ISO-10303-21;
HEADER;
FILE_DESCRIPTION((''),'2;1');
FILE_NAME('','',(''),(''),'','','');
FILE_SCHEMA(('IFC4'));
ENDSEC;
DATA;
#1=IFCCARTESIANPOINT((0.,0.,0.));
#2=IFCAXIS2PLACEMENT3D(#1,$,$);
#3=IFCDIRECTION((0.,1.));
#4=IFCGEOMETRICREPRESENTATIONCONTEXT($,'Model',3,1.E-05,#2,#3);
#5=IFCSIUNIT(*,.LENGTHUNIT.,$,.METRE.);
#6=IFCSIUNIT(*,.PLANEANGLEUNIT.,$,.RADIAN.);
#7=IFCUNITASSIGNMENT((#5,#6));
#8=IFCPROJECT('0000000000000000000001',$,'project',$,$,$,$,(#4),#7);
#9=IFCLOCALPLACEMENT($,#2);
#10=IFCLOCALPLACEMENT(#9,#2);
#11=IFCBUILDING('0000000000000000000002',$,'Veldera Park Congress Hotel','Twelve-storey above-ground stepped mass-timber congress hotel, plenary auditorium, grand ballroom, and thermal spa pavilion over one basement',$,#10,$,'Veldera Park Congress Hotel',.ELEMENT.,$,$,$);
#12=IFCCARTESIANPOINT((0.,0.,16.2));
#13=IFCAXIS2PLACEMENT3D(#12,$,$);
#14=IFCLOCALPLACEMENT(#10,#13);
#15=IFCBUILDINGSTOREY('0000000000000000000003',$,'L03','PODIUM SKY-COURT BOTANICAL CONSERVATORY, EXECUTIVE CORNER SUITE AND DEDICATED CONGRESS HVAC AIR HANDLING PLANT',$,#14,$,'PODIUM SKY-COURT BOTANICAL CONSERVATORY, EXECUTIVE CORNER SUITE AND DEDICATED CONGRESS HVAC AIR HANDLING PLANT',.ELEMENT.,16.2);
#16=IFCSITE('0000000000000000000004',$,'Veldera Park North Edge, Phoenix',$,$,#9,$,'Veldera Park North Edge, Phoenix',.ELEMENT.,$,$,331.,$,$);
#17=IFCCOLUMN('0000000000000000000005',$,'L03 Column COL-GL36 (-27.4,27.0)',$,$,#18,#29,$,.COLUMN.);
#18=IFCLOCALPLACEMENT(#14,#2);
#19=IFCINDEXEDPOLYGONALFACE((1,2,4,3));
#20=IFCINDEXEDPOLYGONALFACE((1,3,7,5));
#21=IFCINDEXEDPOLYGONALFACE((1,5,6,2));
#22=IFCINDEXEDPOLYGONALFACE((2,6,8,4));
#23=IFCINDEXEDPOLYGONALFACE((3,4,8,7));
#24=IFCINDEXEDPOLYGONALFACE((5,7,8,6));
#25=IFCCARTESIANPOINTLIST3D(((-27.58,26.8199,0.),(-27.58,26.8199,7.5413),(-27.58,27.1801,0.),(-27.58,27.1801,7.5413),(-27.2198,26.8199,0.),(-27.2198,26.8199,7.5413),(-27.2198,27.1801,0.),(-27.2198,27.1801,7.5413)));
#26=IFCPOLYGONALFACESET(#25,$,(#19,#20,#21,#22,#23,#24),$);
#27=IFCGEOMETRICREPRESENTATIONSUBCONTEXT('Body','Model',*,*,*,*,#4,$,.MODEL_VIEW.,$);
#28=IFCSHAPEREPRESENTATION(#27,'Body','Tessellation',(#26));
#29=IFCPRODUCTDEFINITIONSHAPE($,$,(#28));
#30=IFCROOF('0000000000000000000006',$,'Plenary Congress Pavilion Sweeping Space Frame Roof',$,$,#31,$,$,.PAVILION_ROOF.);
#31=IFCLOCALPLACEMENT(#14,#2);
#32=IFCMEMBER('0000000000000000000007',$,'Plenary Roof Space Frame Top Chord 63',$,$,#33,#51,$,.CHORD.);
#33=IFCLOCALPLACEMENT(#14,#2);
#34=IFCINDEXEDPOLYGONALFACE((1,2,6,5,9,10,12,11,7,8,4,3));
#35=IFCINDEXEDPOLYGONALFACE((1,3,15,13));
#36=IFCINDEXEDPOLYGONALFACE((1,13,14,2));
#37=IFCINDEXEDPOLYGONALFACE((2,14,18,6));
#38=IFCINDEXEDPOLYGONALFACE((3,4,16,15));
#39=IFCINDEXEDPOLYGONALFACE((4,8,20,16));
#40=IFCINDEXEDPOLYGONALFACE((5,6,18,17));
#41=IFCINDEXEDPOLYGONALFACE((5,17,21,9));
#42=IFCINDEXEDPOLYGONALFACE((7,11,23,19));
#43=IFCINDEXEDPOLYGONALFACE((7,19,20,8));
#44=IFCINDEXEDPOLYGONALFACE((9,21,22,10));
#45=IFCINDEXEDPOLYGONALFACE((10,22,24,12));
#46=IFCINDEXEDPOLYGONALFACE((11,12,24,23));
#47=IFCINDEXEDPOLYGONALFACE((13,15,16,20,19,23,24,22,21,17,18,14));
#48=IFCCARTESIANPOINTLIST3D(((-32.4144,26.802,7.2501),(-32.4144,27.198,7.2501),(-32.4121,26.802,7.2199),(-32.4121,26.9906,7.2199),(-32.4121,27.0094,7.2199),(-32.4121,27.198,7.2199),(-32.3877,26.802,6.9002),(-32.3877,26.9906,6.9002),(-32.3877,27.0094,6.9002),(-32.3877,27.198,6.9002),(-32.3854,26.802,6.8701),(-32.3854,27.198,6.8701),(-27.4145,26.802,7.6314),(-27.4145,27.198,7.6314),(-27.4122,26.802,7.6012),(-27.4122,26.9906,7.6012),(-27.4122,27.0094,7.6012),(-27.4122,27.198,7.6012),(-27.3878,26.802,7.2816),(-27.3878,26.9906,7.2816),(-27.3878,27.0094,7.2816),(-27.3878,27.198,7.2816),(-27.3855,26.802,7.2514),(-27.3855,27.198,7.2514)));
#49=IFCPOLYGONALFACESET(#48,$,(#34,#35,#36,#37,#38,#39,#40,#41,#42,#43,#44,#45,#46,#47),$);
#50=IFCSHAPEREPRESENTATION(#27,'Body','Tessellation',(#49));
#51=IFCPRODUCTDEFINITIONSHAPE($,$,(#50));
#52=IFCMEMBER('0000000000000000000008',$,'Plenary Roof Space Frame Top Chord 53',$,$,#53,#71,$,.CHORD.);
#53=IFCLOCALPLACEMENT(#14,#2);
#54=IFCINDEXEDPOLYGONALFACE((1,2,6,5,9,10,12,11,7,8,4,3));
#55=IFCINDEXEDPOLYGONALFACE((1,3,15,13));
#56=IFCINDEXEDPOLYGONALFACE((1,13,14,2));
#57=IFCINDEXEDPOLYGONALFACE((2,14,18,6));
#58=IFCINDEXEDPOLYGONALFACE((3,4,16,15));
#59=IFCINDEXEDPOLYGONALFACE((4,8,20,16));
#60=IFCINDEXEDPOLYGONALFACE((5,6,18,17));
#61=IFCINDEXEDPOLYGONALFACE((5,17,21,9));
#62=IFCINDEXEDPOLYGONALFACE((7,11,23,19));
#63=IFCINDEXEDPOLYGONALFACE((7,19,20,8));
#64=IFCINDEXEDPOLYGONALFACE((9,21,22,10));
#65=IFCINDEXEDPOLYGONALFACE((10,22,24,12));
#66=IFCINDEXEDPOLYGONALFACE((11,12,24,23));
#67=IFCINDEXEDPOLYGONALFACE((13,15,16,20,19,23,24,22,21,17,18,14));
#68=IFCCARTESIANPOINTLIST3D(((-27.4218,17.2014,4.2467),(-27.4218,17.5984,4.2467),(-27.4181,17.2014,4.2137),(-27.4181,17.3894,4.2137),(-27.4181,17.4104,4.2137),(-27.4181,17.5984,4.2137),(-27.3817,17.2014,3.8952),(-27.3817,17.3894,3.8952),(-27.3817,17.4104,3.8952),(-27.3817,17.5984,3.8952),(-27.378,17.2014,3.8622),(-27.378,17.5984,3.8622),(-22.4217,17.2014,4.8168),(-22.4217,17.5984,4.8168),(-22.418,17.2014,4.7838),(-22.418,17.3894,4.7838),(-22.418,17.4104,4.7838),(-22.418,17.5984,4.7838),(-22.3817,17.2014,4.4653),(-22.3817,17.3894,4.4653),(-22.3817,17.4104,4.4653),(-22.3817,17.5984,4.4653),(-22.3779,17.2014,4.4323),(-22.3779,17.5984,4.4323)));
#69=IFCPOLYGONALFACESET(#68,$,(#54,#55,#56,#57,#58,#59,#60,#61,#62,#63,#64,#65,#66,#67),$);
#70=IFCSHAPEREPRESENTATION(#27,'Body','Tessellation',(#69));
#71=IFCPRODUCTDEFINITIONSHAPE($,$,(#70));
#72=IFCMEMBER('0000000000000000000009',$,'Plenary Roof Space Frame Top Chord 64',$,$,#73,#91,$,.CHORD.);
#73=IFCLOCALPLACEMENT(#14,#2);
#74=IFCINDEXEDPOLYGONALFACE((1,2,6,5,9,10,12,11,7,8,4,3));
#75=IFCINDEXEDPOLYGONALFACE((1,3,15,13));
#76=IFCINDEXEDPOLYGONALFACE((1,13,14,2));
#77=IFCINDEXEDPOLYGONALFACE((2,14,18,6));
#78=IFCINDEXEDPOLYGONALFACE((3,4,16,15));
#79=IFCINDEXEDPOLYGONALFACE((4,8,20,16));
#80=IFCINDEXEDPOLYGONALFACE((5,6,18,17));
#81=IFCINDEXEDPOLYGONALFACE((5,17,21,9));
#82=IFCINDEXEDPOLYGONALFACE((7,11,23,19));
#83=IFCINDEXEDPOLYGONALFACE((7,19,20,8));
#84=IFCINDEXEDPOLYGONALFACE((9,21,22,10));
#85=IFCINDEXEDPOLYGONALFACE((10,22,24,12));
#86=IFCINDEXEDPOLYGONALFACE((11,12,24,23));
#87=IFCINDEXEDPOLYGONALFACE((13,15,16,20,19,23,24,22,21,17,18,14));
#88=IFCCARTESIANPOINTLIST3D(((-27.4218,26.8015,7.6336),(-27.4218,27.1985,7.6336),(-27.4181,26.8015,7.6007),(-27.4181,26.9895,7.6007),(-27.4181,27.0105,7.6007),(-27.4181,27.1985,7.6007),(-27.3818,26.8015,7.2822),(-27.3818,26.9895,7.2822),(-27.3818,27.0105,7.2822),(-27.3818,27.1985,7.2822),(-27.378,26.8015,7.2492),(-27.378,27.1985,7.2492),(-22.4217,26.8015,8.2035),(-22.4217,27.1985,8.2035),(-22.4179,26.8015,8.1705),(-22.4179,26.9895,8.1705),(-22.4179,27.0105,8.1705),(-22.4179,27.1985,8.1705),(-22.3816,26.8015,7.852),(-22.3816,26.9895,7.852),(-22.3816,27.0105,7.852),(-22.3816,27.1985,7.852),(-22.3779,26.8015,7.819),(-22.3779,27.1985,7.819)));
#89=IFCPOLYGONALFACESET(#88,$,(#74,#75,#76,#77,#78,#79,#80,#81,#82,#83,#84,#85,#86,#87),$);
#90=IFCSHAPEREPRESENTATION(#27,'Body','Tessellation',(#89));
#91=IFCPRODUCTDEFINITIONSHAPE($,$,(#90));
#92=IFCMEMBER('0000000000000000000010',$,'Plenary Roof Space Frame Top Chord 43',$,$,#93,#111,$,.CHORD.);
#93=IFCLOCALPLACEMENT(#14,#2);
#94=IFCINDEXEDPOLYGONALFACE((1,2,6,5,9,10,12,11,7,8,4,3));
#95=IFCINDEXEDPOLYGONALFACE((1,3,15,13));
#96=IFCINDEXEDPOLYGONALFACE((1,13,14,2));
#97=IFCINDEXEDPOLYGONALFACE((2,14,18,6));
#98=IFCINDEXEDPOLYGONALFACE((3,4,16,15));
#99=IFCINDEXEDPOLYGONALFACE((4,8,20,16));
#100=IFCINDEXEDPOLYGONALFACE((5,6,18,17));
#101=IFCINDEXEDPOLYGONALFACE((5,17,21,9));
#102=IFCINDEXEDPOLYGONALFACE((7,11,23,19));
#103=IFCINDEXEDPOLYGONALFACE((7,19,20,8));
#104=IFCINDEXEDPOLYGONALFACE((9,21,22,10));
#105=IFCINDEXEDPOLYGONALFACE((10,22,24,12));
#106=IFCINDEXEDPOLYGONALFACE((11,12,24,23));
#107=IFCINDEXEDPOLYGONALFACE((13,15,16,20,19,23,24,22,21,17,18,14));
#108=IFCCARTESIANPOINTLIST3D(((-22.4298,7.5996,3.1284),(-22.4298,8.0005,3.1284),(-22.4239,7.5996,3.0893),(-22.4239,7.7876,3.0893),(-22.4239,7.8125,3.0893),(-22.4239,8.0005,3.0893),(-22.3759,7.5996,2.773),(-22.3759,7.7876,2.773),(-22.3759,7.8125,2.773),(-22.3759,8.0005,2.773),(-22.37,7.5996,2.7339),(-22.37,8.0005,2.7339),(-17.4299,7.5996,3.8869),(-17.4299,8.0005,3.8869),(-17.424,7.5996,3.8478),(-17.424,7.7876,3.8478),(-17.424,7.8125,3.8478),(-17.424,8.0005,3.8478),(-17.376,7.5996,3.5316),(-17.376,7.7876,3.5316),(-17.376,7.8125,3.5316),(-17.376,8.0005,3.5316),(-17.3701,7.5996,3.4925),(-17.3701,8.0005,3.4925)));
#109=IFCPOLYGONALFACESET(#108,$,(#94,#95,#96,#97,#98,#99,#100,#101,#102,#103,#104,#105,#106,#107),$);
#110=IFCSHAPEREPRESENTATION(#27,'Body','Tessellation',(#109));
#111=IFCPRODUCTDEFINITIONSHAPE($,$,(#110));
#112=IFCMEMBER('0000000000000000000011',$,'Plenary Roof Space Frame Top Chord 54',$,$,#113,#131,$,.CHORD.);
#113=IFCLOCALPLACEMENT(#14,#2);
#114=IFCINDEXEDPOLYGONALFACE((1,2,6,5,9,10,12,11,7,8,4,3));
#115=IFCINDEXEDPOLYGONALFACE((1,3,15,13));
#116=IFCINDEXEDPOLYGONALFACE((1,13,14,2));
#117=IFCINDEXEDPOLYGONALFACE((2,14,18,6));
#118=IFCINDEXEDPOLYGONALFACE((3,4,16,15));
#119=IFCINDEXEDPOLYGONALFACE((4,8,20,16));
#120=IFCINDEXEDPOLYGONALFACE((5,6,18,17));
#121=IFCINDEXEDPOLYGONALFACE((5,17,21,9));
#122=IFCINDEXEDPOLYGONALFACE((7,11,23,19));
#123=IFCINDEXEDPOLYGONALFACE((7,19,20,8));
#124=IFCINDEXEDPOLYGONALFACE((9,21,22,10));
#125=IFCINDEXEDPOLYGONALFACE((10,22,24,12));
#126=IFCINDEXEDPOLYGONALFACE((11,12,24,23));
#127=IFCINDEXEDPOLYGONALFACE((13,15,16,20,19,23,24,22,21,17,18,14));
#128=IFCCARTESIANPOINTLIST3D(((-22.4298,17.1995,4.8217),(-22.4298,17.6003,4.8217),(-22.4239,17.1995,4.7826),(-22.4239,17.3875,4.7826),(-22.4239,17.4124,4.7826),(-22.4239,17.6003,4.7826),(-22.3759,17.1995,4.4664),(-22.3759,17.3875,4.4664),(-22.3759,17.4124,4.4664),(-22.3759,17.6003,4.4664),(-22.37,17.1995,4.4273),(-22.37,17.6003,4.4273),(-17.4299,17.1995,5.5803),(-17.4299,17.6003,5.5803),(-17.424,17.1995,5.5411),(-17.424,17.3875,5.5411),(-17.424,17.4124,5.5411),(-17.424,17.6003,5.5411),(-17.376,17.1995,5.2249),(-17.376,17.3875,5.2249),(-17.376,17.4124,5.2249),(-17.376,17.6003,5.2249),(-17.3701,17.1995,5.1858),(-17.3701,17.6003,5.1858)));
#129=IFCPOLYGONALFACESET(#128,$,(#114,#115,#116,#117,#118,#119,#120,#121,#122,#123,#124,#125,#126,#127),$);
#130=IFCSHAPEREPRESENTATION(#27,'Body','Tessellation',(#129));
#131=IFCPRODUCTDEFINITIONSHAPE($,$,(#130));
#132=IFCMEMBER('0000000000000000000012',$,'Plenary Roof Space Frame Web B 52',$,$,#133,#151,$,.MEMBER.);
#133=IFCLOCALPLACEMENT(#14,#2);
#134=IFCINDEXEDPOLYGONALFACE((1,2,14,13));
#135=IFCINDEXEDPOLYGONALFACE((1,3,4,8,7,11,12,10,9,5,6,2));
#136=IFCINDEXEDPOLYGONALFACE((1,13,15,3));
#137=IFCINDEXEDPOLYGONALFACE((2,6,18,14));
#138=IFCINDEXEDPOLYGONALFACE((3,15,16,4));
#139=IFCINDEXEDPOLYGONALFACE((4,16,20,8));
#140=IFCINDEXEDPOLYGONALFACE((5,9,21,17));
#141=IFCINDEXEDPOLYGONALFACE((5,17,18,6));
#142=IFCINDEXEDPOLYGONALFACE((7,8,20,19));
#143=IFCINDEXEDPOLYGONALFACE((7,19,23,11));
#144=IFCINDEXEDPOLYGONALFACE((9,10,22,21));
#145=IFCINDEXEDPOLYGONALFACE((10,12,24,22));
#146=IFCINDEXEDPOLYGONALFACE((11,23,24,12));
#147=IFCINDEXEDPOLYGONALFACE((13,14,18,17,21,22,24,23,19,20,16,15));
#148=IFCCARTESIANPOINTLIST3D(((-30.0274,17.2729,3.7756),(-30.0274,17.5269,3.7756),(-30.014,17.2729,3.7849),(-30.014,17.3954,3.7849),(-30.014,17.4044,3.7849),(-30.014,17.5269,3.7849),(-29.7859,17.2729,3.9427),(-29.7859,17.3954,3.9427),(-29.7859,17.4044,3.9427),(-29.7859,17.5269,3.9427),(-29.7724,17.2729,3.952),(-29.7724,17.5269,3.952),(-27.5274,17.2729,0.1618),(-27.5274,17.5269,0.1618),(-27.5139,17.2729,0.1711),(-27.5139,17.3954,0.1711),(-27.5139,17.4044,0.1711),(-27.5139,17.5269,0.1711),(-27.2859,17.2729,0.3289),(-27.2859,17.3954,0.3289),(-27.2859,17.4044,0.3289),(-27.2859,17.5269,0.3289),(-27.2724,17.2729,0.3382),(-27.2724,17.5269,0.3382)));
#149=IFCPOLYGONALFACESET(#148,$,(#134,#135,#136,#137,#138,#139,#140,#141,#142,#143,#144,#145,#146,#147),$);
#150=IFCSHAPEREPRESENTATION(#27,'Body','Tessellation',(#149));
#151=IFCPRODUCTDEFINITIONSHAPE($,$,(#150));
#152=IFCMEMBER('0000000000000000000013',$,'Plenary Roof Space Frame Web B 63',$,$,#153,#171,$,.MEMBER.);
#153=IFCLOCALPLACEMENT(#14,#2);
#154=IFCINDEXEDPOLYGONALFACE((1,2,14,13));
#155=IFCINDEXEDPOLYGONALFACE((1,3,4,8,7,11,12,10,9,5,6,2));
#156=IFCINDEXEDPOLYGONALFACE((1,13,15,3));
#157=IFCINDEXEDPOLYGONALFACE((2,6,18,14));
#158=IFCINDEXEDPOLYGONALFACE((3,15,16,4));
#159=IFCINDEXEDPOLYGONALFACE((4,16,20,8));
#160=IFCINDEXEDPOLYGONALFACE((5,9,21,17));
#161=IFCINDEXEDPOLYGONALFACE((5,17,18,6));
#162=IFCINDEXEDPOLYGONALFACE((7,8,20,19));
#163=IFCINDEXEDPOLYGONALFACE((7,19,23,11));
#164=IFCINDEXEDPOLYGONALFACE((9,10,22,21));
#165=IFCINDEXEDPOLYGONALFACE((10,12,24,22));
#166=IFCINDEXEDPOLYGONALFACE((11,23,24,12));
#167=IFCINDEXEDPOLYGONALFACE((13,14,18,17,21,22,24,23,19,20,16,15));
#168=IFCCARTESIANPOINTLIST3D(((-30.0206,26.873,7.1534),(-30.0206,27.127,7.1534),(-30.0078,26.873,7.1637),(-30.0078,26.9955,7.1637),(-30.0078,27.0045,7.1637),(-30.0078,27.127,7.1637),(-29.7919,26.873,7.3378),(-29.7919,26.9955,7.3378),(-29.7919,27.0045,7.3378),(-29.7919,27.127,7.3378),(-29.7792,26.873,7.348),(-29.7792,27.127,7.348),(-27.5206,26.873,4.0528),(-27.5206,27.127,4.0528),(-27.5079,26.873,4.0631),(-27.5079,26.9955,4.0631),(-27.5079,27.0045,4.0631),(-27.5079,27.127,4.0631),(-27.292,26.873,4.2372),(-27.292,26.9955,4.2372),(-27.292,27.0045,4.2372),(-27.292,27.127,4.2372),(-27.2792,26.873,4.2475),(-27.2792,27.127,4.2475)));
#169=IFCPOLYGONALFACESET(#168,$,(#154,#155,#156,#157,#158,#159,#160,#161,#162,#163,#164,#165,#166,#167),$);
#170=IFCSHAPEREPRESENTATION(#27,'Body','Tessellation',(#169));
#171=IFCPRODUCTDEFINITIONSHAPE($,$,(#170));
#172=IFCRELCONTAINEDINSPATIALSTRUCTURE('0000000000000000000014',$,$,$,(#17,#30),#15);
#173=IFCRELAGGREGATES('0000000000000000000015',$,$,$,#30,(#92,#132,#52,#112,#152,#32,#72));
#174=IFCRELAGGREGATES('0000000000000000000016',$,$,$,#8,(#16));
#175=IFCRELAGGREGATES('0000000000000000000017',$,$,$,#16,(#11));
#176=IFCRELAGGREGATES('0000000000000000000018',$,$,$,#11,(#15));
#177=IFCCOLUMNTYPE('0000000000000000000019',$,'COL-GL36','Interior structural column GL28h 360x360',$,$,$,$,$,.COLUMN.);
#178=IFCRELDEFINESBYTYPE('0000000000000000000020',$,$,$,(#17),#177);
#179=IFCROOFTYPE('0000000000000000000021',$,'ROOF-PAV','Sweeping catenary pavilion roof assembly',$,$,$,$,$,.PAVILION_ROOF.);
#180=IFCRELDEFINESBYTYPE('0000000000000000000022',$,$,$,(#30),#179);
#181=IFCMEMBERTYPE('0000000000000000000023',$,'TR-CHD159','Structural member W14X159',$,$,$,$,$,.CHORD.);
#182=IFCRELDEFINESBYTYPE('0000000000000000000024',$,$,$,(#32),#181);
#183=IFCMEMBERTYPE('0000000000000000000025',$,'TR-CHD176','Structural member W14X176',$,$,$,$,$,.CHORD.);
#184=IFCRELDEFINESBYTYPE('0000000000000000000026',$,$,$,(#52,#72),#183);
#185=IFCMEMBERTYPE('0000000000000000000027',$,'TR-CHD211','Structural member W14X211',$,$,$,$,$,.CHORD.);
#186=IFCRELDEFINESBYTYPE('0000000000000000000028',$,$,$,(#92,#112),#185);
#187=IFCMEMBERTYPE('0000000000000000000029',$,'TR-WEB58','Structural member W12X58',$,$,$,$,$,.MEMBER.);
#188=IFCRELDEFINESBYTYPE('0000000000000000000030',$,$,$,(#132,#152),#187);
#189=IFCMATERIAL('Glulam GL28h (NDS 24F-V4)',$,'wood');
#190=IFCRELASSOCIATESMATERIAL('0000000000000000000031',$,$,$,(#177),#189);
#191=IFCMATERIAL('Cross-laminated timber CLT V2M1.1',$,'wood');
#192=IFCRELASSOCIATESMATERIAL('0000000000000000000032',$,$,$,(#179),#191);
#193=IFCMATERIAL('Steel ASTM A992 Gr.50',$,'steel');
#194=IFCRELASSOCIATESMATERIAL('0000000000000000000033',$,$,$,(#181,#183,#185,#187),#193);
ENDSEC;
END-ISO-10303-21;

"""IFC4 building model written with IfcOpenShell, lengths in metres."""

from ifc_helpers import new_model, si_unit, direction, frame, origin, origin_2d, place, context, subcontext, project, spatial, rectangle, i_section, extrude, material, material_profile, profile_set, type_object, element, aggregate, save


model = new_model("IFC4")

# Units and contexts
model_context = context("Model", 3, precision=1e-05, world=origin(), true_north=direction((0.0, 1.0)))
body_context = subcontext(model_context, "Body", "Model", "MODEL_VIEW")
ifc_project = project(units=[si_unit("LENGTHUNIT", "METRE"), si_unit("PLANEANGLEUNIT", "RADIAN")], contexts=[model_context])

# Site, building, storey
site_placement = place(None, origin())
site = spatial("IfcSite", under=ifc_project, at=site_placement, Name="Veldera Park North Edge, Phoenix", LongName="Veldera Park North Edge, Phoenix", CompositionType="ELEMENT", RefElevation=331.0)
building_placement = place(site_placement, origin())
building = spatial("IfcBuilding", under=site, at=building_placement, Name="Veldera Park Congress Hotel", Description="Twelve-storey above-ground stepped mass-timber congress hotel, plenary auditorium, grand ballroom, and thermal spa pavilion over one basement", LongName="Veldera Park Congress Hotel", CompositionType="ELEMENT")
storey_placement = place(building_placement, frame((0.0, 0.0, 16.2)))
storey = spatial("IfcBuildingStorey", under=building, at=storey_placement, Name="L03", Description="PODIUM SKY-COURT BOTANICAL CONSERVATORY, EXECUTIVE CORNER SUITE AND DEDICATED CONGRESS HVAC AIR HANDLING PLANT", LongName="PODIUM SKY-COURT BOTANICAL CONSERVATORY, EXECUTIVE CORNER SUITE AND DEDICATED CONGRESS HVAC AIR HANDLING PLANT", CompositionType="ELEMENT", Elevation=16.2)

# Column
ifc_material_1 = material(Name="Glulam GL28h (NDS 24F-V4)", Category="wood")
ifc_material_profile_1 = material_profile(ifc_material_1, rectangle(XDim=0.3601, YDim=0.3601, at=origin_2d()), Name="GL28h 360x360")
ifc_profile_set_1 = profile_set([ifc_material_profile_1], Name="Glulam GL28h (NDS 24F-V4)")
column_type = type_object("IfcColumnType", Name="COL-GL36", Description="Interior structural column GL28h 360x360", PredefinedType="COLUMN", material=ifc_profile_set_1)
column_placement = place(storey_placement, frame((-27.3999, 27.0, 0.0), z_axis=(0.0, 0.0, 1.0), x_axis=(1.0, 0.0, 0.0)))
element("IfcColumn", 1, at=column_placement, inside=storey, type_object=column_type, Name="L03 Column COL-GL36 (-27.4,27.0)", PredefinedType="COLUMN", context=body_context, shape_type="SweptSolid", body=[
    extrude(rectangle(XDim=0.3601, YDim=0.3601, at=origin_2d()), origin(), (0.0, 0.0, 1.0), 7.5413),
])

# Roof, members
ifc_material_2 = material(Name="Cross-laminated timber CLT V2M1.1", Category="wood")
roof_type = type_object("IfcRoofType", Name="ROOF-PAV", Description="Sweeping catenary pavilion roof assembly", PredefinedType="PAVILION_ROOF", material=ifc_material_2)
roof_placement = place(storey_placement, origin())
roof = element("IfcRoof", 2, at=roof_placement, inside=storey, type_object=roof_type, Name="Plenary Congress Pavilion Sweeping Space Frame Roof", PredefinedType="PAVILION_ROOF")
ifc_material_3 = material(Name="Steel ASTM A992 Gr.50", Category="steel")
ifc_material_profile_2 = material_profile(ifc_material_3, i_section(OverallWidth=0.396, OverallDepth=0.3811, WebThickness=0.0188, FlangeThickness=0.0303, at=origin_2d()), Name="W14X159")
ifc_profile_set_2 = profile_set([ifc_material_profile_2], Name="Steel ASTM A992 Gr.50")
member_type_1 = type_object("IfcMemberType", Name="TR-CHD159", Description="Structural member W14X159", PredefinedType="CHORD", material=ifc_profile_set_2)
member_1_placement = place(storey_placement, frame((-32.3999, 27.0, 7.0601), z_axis=(0.997104, 0.0, 0.076049), x_axis=(0.0, 1.0, 0.0)))
member_1 = element("IfcMember", 3, at=member_1_placement, type_object=member_type_1, Name="Plenary Roof Space Frame Top Chord 63", PredefinedType="CHORD", context=body_context, shape_type="SweptSolid", body=[
    extrude(i_section(OverallWidth=0.396, OverallDepth=0.3811, WebThickness=0.0188, FlangeThickness=0.0303, at=origin_2d()), origin(), (0.0, 0.0, 1.0), 5.0144),
])
ifc_material_profile_3 = material_profile(ifc_material_3, i_section(OverallWidth=0.397, OverallDepth=0.387, WebThickness=0.021, FlangeThickness=0.0332, at=origin_2d()), Name="W14X176")
ifc_profile_set_3 = profile_set([ifc_material_profile_3], Name="Steel ASTM A992 Gr.50")
member_type_2 = type_object("IfcMemberType", Name="TR-CHD176", Description="Structural member W14X176", PredefinedType="CHORD", material=ifc_profile_set_3)
member_2_placement = place(storey_placement, frame((-27.3999, 17.3999, 4.0544), z_axis=(0.993563, 0.0, 0.11328), x_axis=(0.0, 1.0, 0.0)))
member_2 = element("IfcMember", 4, at=member_2_placement, type_object=member_type_2, Name="Plenary Roof Space Frame Top Chord 53", PredefinedType="CHORD", context=body_context, shape_type="SweptSolid", body=[
    extrude(i_section(OverallWidth=0.397, OverallDepth=0.387, WebThickness=0.021, FlangeThickness=0.0332, at=origin_2d()), origin(), (0.0, 0.0, 1.0), 5.0325),
])
member_3_placement = place(storey_placement, frame((-27.3999, 27.0, 7.4414), z_axis=(0.993569, 0.0, 0.113232), x_axis=(0.0, 1.0, 0.0)))
member_3 = element("IfcMember", 5, at=member_3_placement, type_object=member_type_2, Name="Plenary Roof Space Frame Top Chord 64", PredefinedType="CHORD", context=body_context, shape_type="SweptSolid", body=[
    extrude(i_section(OverallWidth=0.397, OverallDepth=0.387, WebThickness=0.021, FlangeThickness=0.0332, at=origin_2d()), origin(), (0.0, 0.0, 1.0), 5.0325),
])
ifc_material_profile_4 = material_profile(ifc_material_3, i_section(OverallWidth=0.4009, OverallDepth=0.3989, WebThickness=0.0249, FlangeThickness=0.0396, at=origin_2d()), Name="W14X211")
ifc_profile_set_4 = profile_set([ifc_material_profile_4], Name="Steel ASTM A992 Gr.50")
member_type_3 = type_object("IfcMemberType", Name="TR-CHD211", Description="Structural member W14X211", PredefinedType="CHORD", material=ifc_profile_set_4)
member_4_placement = place(storey_placement, frame((-22.3999, 7.8, 2.9312), z_axis=(0.988687, 0.0, 0.149993), x_axis=(0.0, 1.0, 0.0)))
member_4 = element("IfcMember", 6, at=member_4_placement, type_object=member_type_3, Name="Plenary Roof Space Frame Top Chord 43", PredefinedType="CHORD", context=body_context, shape_type="SweptSolid", body=[
    extrude(i_section(OverallWidth=0.4009, OverallDepth=0.3989, WebThickness=0.0249, FlangeThickness=0.0396, at=origin_2d()), origin(), (0.0, 0.0, 1.0), 5.0571),
])
member_5_placement = place(storey_placement, frame((-22.3999, 17.3999, 4.6245), z_axis=(0.988687, 0.0, 0.149993), x_axis=(0.0, 1.0, 0.0)))
member_5 = element("IfcMember", 7, at=member_5_placement, type_object=member_type_3, Name="Plenary Roof Space Frame Top Chord 54", PredefinedType="CHORD", context=body_context, shape_type="SweptSolid", body=[
    extrude(i_section(OverallWidth=0.4009, OverallDepth=0.3989, WebThickness=0.0249, FlangeThickness=0.0396, at=origin_2d()), origin(), (0.0, 0.0, 1.0), 5.0571),
])
ifc_material_profile_5 = material_profile(ifc_material_3, i_section(OverallWidth=0.2539, OverallDepth=0.3101, WebThickness=0.009, FlangeThickness=0.0164, at=origin_2d()), Name="W12X58")
ifc_profile_set_5 = profile_set([ifc_material_profile_5], Name="Steel ASTM A992 Gr.50")
member_type_4 = type_object("IfcMemberType", Name="TR-WEB58", Description="Structural member W12X58", PredefinedType="MEMBER", material=ifc_profile_set_5)
member_6_placement = place(storey_placement, frame((-27.3999, 17.3999, 0.25), z_axis=(-0.568927, 0.0, 0.822388), x_axis=(0.0, -1.0, 0.0)))
member_6 = element("IfcMember", 8, at=member_6_placement, type_object=member_type_4, Name="Plenary Roof Space Frame Web B 52", PredefinedType="MEMBER", context=body_context, shape_type="SweptSolid", body=[
    extrude(i_section(OverallWidth=0.2539, OverallDepth=0.3101, WebThickness=0.009, FlangeThickness=0.0164, at=origin_2d()), origin(), (0.0, 0.0, 1.0), 4.3943),
])
member_7_placement = place(storey_placement, frame((-27.3999, 27.0, 4.1501), z_axis=(-0.627681, 0.0, 0.778471), x_axis=(0.0, -1.0, 0.0)))
member_7 = element("IfcMember", 9, at=member_7_placement, type_object=member_type_4, Name="Plenary Roof Space Frame Web B 63", PredefinedType="MEMBER", context=body_context, shape_type="SweptSolid", body=[
    extrude(i_section(OverallWidth=0.2539, OverallDepth=0.3101, WebThickness=0.009, FlangeThickness=0.0164, at=origin_2d()), origin(), (0.0, 0.0, 1.0), 3.9829),
])
aggregate(roof, [member_4, member_6, member_2, member_5, member_7, member_1, member_3])

save(model, "model.ifc")
